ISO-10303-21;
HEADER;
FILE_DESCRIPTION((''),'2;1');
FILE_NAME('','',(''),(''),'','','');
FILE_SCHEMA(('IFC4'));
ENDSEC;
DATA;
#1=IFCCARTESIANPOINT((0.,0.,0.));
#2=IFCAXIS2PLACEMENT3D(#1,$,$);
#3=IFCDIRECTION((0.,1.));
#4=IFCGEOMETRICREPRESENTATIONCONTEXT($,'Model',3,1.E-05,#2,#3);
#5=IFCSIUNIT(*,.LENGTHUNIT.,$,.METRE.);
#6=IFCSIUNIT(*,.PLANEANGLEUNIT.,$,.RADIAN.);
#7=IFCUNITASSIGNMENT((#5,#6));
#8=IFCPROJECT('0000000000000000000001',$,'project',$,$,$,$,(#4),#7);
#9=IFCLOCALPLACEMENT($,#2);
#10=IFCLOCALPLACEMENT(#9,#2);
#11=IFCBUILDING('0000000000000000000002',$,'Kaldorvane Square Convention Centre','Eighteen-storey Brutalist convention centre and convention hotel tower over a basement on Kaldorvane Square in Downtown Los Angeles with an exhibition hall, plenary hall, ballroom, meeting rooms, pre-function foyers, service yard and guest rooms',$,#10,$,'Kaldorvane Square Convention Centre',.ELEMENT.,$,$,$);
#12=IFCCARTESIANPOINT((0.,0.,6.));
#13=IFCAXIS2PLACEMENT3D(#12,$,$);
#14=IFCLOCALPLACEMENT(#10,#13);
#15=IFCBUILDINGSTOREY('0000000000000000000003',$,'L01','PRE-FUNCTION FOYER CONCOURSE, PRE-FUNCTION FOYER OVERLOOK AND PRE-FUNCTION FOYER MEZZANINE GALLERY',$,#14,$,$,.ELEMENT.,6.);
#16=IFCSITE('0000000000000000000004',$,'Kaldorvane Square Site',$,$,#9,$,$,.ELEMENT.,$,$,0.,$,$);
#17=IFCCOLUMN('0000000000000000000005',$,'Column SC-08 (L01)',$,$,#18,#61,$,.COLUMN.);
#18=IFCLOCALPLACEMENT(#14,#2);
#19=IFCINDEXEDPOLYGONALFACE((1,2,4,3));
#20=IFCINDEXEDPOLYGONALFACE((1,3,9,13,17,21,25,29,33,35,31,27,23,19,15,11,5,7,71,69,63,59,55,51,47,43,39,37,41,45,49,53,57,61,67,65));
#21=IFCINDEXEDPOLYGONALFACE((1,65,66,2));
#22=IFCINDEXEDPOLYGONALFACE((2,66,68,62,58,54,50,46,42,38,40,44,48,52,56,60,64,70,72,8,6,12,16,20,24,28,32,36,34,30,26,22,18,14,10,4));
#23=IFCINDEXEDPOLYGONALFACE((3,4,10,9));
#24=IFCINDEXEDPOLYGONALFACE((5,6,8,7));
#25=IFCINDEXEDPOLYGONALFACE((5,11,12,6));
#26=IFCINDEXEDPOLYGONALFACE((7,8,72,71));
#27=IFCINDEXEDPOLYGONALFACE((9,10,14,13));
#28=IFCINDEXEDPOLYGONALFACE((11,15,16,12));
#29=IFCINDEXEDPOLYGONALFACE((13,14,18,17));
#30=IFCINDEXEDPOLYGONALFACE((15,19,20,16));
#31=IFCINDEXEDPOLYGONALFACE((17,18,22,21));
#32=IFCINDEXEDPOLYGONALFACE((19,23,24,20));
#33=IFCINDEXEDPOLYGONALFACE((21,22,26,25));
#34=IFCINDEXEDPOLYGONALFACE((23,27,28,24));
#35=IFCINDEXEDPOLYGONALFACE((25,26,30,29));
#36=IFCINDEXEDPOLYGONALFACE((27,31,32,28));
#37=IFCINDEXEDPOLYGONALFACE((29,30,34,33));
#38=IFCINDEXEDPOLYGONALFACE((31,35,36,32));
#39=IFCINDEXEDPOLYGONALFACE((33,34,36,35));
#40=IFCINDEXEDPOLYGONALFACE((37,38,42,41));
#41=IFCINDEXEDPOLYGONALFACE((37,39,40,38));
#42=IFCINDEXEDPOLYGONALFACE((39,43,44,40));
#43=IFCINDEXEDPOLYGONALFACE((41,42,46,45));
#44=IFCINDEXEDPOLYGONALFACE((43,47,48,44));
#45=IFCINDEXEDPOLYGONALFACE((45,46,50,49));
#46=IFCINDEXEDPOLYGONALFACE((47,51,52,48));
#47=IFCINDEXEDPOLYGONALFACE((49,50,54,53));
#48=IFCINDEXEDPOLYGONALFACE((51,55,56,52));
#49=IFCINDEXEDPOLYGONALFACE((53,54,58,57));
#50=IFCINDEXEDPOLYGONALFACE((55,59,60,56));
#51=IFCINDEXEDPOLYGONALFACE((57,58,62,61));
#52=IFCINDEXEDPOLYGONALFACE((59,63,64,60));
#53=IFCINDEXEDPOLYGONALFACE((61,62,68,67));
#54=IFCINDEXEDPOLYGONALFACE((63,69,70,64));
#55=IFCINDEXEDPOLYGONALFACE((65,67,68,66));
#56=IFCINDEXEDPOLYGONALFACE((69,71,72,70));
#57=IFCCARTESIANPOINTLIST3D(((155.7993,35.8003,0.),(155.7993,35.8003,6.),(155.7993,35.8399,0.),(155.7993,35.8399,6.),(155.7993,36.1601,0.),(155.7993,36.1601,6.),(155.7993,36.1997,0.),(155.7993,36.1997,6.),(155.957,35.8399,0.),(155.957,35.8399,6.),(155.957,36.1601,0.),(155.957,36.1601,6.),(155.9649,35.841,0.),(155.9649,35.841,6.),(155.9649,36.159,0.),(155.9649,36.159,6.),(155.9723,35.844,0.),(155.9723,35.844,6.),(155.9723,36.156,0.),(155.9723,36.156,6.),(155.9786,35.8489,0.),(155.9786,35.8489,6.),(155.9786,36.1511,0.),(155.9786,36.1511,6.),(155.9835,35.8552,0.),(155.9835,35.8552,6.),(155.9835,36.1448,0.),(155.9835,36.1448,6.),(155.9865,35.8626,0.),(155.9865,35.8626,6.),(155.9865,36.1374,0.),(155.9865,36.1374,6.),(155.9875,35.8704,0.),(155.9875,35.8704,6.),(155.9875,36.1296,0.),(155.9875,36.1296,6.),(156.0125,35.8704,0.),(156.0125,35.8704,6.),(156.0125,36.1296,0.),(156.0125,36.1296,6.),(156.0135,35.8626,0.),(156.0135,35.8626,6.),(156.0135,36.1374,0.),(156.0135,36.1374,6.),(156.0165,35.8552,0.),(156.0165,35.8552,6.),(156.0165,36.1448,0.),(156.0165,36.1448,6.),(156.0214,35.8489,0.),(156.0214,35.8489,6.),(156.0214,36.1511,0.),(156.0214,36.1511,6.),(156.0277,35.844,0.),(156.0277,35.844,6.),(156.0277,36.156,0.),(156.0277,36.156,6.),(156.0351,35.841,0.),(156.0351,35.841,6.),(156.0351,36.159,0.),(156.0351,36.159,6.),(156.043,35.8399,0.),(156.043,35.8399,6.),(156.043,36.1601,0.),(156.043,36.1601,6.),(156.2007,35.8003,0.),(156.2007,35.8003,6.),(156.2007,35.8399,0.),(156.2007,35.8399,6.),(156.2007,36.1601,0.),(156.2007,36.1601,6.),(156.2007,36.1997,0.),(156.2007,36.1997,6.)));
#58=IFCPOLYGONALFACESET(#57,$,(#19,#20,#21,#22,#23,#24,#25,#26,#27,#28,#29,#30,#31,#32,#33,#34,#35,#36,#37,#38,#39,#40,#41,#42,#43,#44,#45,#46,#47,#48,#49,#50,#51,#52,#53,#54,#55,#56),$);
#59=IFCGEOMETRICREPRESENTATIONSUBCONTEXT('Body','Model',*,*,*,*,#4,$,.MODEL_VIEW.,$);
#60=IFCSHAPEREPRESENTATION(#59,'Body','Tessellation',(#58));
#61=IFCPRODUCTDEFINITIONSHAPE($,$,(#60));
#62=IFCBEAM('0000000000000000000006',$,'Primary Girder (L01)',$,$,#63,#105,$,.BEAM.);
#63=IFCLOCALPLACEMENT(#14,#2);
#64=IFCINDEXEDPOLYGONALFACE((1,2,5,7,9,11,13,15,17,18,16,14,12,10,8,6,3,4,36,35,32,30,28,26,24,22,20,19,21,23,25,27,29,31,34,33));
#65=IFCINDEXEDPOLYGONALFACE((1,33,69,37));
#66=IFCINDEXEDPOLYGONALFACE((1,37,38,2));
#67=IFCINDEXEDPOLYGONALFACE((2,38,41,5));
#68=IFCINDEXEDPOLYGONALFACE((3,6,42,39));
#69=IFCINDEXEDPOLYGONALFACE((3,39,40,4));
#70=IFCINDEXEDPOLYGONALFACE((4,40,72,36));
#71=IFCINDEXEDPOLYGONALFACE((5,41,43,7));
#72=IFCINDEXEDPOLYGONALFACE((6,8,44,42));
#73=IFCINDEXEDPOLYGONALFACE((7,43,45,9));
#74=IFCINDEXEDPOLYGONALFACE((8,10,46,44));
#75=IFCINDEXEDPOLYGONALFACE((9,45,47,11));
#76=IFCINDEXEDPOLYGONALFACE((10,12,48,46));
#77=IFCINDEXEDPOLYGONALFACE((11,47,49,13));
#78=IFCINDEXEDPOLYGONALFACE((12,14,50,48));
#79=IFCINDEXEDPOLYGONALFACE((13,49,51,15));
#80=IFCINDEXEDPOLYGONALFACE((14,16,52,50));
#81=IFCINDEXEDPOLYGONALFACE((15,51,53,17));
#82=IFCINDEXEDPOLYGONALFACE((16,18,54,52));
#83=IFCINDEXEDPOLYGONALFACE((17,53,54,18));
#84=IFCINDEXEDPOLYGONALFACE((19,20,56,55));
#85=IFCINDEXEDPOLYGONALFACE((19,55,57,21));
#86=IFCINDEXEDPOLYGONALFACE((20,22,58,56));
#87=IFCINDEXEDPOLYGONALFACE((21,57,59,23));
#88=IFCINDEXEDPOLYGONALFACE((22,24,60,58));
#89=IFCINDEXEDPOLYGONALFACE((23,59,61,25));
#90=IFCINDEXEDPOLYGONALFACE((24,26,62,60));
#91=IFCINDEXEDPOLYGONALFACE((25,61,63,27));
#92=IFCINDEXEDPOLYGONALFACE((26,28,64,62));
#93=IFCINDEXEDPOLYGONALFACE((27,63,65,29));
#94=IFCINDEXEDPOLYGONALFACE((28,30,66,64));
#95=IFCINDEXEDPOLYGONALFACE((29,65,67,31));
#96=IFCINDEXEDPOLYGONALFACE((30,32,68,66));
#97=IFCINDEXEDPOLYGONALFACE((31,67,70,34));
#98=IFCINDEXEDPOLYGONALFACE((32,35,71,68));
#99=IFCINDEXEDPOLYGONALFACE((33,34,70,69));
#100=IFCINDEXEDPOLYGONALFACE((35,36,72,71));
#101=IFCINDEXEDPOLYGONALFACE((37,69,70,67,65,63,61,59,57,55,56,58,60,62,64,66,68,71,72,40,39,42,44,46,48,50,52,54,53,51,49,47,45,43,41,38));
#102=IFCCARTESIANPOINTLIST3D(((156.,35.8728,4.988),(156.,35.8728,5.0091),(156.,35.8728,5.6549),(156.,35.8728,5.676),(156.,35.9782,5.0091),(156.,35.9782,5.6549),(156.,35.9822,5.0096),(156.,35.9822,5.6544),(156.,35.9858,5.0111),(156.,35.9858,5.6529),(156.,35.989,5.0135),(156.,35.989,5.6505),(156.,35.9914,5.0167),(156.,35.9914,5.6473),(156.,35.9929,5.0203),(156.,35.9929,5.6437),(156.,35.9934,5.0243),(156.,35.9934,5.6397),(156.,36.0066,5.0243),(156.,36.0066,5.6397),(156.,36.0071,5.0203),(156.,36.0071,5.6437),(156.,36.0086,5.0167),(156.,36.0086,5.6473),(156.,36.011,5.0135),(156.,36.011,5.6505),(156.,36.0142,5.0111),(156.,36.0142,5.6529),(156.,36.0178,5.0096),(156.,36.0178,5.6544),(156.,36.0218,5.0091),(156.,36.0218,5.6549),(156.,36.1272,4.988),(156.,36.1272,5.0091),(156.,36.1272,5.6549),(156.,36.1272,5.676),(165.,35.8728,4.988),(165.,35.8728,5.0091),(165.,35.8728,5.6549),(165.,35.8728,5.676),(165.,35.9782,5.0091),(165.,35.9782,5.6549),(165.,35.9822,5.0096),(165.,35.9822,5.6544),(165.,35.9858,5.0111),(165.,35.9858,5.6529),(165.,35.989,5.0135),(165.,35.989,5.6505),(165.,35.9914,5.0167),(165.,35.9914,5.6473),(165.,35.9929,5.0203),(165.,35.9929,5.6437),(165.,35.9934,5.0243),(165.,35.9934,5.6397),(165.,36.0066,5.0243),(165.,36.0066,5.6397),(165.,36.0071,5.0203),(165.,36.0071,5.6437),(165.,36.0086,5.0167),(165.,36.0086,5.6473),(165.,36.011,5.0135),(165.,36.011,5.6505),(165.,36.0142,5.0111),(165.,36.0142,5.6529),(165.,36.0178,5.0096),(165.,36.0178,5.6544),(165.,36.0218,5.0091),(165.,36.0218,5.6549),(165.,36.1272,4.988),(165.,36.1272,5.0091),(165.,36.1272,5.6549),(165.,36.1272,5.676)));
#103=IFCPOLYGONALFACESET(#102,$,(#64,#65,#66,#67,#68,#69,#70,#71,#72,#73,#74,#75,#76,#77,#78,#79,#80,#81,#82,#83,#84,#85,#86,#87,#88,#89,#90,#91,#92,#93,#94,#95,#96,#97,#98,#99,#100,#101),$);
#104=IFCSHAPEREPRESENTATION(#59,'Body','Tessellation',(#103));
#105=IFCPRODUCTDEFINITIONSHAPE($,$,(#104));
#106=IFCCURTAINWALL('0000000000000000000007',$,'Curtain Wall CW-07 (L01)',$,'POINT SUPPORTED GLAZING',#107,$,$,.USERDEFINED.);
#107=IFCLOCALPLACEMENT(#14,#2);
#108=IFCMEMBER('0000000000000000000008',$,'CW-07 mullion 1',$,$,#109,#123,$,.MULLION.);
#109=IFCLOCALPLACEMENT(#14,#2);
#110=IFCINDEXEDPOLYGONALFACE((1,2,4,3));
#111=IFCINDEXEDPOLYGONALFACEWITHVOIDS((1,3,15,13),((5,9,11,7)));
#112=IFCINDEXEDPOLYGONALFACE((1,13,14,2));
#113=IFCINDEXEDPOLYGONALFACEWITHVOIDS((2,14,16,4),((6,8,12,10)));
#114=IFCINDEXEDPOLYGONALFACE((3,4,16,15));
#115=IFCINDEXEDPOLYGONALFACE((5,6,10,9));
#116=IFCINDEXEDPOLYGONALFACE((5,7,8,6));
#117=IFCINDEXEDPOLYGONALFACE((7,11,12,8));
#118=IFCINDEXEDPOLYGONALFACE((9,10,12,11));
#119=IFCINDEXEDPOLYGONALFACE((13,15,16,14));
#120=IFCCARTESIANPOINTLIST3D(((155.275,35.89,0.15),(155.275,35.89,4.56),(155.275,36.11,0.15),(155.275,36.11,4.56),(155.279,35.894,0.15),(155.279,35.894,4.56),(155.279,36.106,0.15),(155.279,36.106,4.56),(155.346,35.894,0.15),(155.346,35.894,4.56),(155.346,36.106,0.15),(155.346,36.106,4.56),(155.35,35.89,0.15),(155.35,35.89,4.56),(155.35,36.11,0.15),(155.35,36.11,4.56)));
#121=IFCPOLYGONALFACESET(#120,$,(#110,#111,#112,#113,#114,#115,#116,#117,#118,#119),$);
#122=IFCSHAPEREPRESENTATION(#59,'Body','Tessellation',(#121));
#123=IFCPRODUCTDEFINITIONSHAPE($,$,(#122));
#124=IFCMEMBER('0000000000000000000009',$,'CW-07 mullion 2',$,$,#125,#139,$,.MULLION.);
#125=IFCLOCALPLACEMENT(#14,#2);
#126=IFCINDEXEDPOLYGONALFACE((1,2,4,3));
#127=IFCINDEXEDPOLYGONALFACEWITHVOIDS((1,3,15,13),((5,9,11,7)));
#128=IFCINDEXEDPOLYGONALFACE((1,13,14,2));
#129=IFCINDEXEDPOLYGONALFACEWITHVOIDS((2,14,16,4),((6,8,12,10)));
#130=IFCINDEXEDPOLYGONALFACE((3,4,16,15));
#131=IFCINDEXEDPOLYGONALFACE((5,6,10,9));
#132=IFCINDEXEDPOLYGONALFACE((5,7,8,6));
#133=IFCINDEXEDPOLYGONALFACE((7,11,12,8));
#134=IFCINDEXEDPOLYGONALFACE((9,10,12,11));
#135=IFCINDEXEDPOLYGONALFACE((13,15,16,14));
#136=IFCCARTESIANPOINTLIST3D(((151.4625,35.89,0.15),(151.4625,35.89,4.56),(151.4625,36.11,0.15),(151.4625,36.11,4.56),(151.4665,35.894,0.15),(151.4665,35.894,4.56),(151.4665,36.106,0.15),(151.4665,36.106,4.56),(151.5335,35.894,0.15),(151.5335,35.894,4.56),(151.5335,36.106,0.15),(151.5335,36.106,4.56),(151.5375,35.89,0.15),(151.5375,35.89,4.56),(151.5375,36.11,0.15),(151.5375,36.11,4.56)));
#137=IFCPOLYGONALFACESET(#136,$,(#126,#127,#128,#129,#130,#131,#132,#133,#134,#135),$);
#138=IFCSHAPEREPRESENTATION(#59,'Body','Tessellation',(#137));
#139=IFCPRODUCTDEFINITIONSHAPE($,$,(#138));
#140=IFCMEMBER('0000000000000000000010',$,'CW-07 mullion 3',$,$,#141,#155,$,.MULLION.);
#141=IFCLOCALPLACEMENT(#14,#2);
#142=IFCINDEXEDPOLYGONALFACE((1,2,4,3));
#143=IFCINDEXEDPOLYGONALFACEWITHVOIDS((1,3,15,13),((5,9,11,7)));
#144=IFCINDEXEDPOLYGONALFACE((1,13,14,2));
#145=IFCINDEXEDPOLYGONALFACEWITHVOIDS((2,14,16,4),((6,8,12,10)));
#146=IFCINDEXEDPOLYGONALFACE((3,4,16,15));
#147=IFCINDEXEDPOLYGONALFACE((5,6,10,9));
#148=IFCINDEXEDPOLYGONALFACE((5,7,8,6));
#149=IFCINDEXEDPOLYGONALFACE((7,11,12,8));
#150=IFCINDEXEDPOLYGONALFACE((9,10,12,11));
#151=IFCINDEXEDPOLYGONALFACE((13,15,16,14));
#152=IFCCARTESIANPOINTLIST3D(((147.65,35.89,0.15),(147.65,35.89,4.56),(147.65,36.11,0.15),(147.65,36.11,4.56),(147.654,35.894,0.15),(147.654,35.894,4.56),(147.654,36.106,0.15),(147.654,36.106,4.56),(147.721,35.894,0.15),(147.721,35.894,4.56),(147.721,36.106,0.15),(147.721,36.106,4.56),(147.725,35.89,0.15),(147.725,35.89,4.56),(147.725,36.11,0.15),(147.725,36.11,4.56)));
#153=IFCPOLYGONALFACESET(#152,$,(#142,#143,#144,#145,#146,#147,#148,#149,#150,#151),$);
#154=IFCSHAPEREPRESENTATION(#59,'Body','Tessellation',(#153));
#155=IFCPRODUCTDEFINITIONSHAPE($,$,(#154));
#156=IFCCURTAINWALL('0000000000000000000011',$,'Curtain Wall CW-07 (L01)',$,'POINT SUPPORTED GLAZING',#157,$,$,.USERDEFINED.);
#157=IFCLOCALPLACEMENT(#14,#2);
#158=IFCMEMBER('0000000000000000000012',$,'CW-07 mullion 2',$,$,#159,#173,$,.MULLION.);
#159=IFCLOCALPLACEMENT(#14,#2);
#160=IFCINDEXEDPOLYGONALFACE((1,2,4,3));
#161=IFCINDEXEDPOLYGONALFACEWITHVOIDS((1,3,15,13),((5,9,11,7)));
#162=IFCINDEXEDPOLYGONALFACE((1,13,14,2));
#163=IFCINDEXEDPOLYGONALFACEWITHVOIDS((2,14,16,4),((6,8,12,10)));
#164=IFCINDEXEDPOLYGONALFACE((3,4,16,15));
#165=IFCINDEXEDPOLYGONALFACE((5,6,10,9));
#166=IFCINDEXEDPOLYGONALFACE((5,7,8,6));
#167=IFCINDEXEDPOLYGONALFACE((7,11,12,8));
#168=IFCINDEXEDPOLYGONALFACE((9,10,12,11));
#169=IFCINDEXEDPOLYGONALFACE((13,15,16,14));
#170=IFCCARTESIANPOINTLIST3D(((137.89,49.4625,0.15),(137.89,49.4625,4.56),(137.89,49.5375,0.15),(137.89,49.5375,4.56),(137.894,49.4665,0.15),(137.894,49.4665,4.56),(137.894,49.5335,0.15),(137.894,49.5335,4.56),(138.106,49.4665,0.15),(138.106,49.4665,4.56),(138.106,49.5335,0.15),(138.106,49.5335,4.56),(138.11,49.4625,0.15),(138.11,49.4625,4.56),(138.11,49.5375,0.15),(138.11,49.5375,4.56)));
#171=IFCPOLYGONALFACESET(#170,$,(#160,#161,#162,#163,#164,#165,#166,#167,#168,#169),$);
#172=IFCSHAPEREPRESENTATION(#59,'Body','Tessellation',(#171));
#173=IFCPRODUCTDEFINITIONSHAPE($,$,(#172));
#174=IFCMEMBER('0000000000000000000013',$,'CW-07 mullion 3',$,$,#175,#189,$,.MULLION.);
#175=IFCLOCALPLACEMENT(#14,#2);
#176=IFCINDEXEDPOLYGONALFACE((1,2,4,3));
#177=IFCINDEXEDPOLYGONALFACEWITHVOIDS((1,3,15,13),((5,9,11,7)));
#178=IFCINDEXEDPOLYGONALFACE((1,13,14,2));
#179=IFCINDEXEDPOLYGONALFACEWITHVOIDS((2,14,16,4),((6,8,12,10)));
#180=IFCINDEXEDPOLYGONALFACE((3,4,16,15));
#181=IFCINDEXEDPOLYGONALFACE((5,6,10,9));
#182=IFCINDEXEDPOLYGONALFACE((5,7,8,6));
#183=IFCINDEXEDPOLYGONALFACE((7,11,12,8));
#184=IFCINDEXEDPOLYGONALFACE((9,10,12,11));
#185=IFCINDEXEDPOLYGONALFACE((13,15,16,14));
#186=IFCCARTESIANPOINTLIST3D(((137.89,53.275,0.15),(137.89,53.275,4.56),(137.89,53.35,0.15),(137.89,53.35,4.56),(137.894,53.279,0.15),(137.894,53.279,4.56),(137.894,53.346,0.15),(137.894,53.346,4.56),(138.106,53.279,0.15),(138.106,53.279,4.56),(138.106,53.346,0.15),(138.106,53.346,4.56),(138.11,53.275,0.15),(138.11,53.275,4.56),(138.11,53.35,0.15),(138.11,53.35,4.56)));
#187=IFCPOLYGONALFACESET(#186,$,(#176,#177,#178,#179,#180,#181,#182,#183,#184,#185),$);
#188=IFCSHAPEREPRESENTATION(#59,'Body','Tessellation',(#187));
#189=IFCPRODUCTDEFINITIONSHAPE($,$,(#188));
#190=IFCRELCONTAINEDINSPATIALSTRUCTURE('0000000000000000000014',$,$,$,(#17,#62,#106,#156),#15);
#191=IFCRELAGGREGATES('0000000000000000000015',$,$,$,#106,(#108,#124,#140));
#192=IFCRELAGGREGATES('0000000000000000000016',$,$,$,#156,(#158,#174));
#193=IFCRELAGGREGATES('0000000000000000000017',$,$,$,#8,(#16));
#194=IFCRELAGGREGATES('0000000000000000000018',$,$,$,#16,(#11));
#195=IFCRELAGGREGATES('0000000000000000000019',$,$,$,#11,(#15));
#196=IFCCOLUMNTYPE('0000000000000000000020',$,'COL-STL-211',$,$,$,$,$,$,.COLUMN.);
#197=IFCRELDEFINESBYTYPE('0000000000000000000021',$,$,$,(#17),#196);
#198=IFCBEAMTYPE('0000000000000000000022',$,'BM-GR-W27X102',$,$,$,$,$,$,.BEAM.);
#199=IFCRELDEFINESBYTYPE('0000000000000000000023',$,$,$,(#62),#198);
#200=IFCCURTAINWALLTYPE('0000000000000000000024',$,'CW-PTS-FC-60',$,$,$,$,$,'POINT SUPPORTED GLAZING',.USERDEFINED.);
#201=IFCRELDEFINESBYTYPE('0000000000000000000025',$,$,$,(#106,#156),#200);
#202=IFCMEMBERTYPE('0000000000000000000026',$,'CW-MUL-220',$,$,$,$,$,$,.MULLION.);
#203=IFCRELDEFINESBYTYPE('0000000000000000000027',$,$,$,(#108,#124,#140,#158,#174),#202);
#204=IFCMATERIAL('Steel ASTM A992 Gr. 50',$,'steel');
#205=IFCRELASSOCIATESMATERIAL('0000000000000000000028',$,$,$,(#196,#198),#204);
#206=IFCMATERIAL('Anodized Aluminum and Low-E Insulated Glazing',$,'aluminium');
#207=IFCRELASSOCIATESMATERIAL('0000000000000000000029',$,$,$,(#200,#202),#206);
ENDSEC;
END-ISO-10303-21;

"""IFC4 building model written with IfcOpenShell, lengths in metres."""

from ifc_helpers import new_model, si_unit, direction, frame, origin, origin_2d, place, context, subcontext, project, spatial, hollow_rectangle, i_section, extrude, material, material_profile, profile_set, type_object, element, aggregate, save


model = new_model("IFC4")

# Units and contexts
model_context = context("Model", 3, precision=1e-05, world=origin(), true_north=direction((0.0, 1.0)))
body_context = subcontext(model_context, "Body", "Model", "MODEL_VIEW")
ifc_project = project(units=[si_unit("LENGTHUNIT", "METRE"), si_unit("PLANEANGLEUNIT", "RADIAN")], contexts=[model_context])

# Site, building, storey
site_placement = place(None, origin())
site = spatial("IfcSite", under=ifc_project, at=site_placement, Name="Kaldorvane Square Site", CompositionType="ELEMENT", RefElevation=0.0)
building_placement = place(site_placement, origin())
building = spatial("IfcBuilding", under=site, at=building_placement, Name="Kaldorvane Square Convention Centre", Description="Eighteen-storey Brutalist convention centre and convention hotel tower over a basement on Kaldorvane Square in Downtown Los Angeles with an exhibition hall, plenary hall, ballroom, meeting rooms, pre-function foyers, service yard and guest rooms", LongName="Kaldorvane Square Convention Centre", CompositionType="ELEMENT")
storey_placement = place(building_placement, frame((0.0, 0.0, 6.0)))
storey = spatial("IfcBuildingStorey", under=building, at=storey_placement, Name="L01", Description="PRE-FUNCTION FOYER CONCOURSE, PRE-FUNCTION FOYER OVERLOOK AND PRE-FUNCTION FOYER MEZZANINE GALLERY", CompositionType="ELEMENT", Elevation=6.0)

# Column
ifc_material_1 = material(Name="Steel ASTM A992 Gr. 50", Category="steel")
ifc_material_profile_1 = material_profile(ifc_material_1, i_section(OverallWidth=0.4013, OverallDepth=0.3993, WebThickness=0.0249, FlangeThickness=0.0396, FilletRadius=0.0305, at=origin_2d()), Name="W14X211")
ifc_profile_set_1 = profile_set([ifc_material_profile_1], Name="Steel ASTM A992 Gr. 50")
column_type = type_object("IfcColumnType", Name="COL-STL-211", PredefinedType="COLUMN", material=ifc_profile_set_1)
column_placement = place(storey_placement, frame((156.0, 36.0, 0.0), z_axis=(0.0, 0.0, 1.0), x_axis=(1.0, 0.0, 0.0)))
element("IfcColumn", 1, at=column_placement, inside=storey, type_object=column_type, Name="Column SC-08 (L01)", PredefinedType="COLUMN", context=body_context, shape_type="SweptSolid", body=[
    extrude(i_section(OverallWidth=0.4013, OverallDepth=0.3993, WebThickness=0.0249, FlangeThickness=0.0396, FilletRadius=0.0305, at=origin_2d()), origin(), (0.0, 0.0, 1.0), 6.0),
])

# Beam
ifc_material_profile_2 = material_profile(ifc_material_1, i_section(OverallWidth=0.2544, OverallDepth=0.6881, WebThickness=0.0131, FlangeThickness=0.0211, FilletRadius=0.0152, at=origin_2d()), Name="W27X102")
ifc_profile_set_2 = profile_set([ifc_material_profile_2], Name="Steel ASTM A992 Gr. 50")
beam_type = type_object("IfcBeamType", Name="BM-GR-W27X102", PredefinedType="BEAM", material=ifc_profile_set_2)
beam_placement = place(storey_placement, frame((156.0, 36.0, 5.332), z_axis=(1.0, 0.0, 0.0), x_axis=(0.0, 1.0, 0.0)))
element("IfcBeam", 2, at=beam_placement, inside=storey, type_object=beam_type, Name="Primary Girder (L01)", PredefinedType="BEAM", context=body_context, shape_type="SweptSolid", body=[
    extrude(i_section(OverallWidth=0.2544, OverallDepth=0.6881, WebThickness=0.0131, FlangeThickness=0.0211, FilletRadius=0.0152, at=origin_2d()), origin(), (0.0, 0.0, 1.0), 9.0),
])

# Curtain walls, members
ifc_material_2 = material(Name="Anodized Aluminum and Low-E Insulated Glazing", Category="aluminium")
curtain_wall_type = type_object("IfcCurtainWallType", Name="CW-PTS-FC-60", ElementType="POINT SUPPORTED GLAZING", PredefinedType="USERDEFINED", material=ifc_material_2)
curtain_wall_1_placement = place(storey_placement, origin())
curtain_wall_1 = element("IfcCurtainWall", 3, at=curtain_wall_1_placement, inside=storey, type_object=curtain_wall_type, Name="Curtain Wall CW-07 (L01)", ObjectType="POINT SUPPORTED GLAZING", PredefinedType="USERDEFINED")
ifc_material_profile_3 = material_profile(ifc_material_2, hollow_rectangle(XDim=0.075, YDim=0.22, WallThickness=0.004, at=origin_2d()), Name="CWM-220X75")
ifc_profile_set_3 = profile_set([ifc_material_profile_3], Name="Anodized Aluminum and Low-E Insulated Glazing")
member_type_1 = type_object("IfcMemberType", Name="CW-MUL-220", PredefinedType="MULLION", material=ifc_profile_set_3)
member_1_placement = place(storey_placement, frame((155.3125, 36.0, 0.15), z_axis=(0.0, 0.0, 1.0), x_axis=(-1.0, 0.0, 0.0)))
member_1 = element("IfcMember", 4, at=member_1_placement, type_object=member_type_1, Name="CW-07 mullion 1", PredefinedType="MULLION", context=body_context, shape_type="SweptSolid", body=[
    extrude(hollow_rectangle(XDim=0.075, YDim=0.22, WallThickness=0.004, at=origin_2d()), origin(), (0.0, 0.0, 1.0), 4.41),
])
member_2_placement = place(storey_placement, frame((151.5, 36.0, 0.15), z_axis=(0.0, 0.0, 1.0), x_axis=(-1.0, 0.0, 0.0)))
member_2 = element("IfcMember", 5, at=member_2_placement, type_object=member_type_1, Name="CW-07 mullion 2", PredefinedType="MULLION", context=body_context, shape_type="SweptSolid", body=[
    extrude(hollow_rectangle(XDim=0.075, YDim=0.22, WallThickness=0.004, at=origin_2d()), origin(), (0.0, 0.0, 1.0), 4.41),
])
member_3_placement = place(storey_placement, frame((147.6875, 36.0, 0.15), z_axis=(0.0, 0.0, 1.0), x_axis=(-1.0, 0.0, 0.0)))
member_3 = element("IfcMember", 6, at=member_3_placement, type_object=member_type_1, Name="CW-07 mullion 3", PredefinedType="MULLION", context=body_context, shape_type="SweptSolid", body=[
    extrude(hollow_rectangle(XDim=0.075, YDim=0.22, WallThickness=0.004, at=origin_2d()), origin(), (0.0, 0.0, 1.0), 4.41),
])
curtain_wall_2_placement = place(storey_placement, origin())
curtain_wall_2 = element("IfcCurtainWall", 7, at=curtain_wall_2_placement, inside=storey, type_object=curtain_wall_type, Name="Curtain Wall CW-07 (L01)", ObjectType="POINT SUPPORTED GLAZING", PredefinedType="USERDEFINED")
member_4_placement = place(storey_placement, frame((138.0, 49.5, 0.15), z_axis=(0.0, 0.0, 1.0), x_axis=(0.0, 1.0, 0.0)))
member_4 = element("IfcMember", 8, at=member_4_placement, type_object=member_type_1, Name="CW-07 mullion 2", PredefinedType="MULLION", context=body_context, shape_type="SweptSolid", body=[
    extrude(hollow_rectangle(XDim=0.075, YDim=0.22, WallThickness=0.004, at=origin_2d()), origin(), (0.0, 0.0, 1.0), 4.41),
])
member_5_placement = place(storey_placement, frame((138.0, 53.3125, 0.15), z_axis=(0.0, 0.0, 1.0), x_axis=(0.0, 1.0, 0.0)))
member_5 = element("IfcMember", 9, at=member_5_placement, type_object=member_type_1, Name="CW-07 mullion 3", PredefinedType="MULLION", context=body_context, shape_type="SweptSolid", body=[
    extrude(hollow_rectangle(XDim=0.075, YDim=0.22, WallThickness=0.004, at=origin_2d()), origin(), (0.0, 0.0, 1.0), 4.41),
])

aggregate(curtain_wall_1, [member_1, member_2, member_3])
aggregate(curtain_wall_2, [member_4, member_5])

save(model, "model.ifc")
